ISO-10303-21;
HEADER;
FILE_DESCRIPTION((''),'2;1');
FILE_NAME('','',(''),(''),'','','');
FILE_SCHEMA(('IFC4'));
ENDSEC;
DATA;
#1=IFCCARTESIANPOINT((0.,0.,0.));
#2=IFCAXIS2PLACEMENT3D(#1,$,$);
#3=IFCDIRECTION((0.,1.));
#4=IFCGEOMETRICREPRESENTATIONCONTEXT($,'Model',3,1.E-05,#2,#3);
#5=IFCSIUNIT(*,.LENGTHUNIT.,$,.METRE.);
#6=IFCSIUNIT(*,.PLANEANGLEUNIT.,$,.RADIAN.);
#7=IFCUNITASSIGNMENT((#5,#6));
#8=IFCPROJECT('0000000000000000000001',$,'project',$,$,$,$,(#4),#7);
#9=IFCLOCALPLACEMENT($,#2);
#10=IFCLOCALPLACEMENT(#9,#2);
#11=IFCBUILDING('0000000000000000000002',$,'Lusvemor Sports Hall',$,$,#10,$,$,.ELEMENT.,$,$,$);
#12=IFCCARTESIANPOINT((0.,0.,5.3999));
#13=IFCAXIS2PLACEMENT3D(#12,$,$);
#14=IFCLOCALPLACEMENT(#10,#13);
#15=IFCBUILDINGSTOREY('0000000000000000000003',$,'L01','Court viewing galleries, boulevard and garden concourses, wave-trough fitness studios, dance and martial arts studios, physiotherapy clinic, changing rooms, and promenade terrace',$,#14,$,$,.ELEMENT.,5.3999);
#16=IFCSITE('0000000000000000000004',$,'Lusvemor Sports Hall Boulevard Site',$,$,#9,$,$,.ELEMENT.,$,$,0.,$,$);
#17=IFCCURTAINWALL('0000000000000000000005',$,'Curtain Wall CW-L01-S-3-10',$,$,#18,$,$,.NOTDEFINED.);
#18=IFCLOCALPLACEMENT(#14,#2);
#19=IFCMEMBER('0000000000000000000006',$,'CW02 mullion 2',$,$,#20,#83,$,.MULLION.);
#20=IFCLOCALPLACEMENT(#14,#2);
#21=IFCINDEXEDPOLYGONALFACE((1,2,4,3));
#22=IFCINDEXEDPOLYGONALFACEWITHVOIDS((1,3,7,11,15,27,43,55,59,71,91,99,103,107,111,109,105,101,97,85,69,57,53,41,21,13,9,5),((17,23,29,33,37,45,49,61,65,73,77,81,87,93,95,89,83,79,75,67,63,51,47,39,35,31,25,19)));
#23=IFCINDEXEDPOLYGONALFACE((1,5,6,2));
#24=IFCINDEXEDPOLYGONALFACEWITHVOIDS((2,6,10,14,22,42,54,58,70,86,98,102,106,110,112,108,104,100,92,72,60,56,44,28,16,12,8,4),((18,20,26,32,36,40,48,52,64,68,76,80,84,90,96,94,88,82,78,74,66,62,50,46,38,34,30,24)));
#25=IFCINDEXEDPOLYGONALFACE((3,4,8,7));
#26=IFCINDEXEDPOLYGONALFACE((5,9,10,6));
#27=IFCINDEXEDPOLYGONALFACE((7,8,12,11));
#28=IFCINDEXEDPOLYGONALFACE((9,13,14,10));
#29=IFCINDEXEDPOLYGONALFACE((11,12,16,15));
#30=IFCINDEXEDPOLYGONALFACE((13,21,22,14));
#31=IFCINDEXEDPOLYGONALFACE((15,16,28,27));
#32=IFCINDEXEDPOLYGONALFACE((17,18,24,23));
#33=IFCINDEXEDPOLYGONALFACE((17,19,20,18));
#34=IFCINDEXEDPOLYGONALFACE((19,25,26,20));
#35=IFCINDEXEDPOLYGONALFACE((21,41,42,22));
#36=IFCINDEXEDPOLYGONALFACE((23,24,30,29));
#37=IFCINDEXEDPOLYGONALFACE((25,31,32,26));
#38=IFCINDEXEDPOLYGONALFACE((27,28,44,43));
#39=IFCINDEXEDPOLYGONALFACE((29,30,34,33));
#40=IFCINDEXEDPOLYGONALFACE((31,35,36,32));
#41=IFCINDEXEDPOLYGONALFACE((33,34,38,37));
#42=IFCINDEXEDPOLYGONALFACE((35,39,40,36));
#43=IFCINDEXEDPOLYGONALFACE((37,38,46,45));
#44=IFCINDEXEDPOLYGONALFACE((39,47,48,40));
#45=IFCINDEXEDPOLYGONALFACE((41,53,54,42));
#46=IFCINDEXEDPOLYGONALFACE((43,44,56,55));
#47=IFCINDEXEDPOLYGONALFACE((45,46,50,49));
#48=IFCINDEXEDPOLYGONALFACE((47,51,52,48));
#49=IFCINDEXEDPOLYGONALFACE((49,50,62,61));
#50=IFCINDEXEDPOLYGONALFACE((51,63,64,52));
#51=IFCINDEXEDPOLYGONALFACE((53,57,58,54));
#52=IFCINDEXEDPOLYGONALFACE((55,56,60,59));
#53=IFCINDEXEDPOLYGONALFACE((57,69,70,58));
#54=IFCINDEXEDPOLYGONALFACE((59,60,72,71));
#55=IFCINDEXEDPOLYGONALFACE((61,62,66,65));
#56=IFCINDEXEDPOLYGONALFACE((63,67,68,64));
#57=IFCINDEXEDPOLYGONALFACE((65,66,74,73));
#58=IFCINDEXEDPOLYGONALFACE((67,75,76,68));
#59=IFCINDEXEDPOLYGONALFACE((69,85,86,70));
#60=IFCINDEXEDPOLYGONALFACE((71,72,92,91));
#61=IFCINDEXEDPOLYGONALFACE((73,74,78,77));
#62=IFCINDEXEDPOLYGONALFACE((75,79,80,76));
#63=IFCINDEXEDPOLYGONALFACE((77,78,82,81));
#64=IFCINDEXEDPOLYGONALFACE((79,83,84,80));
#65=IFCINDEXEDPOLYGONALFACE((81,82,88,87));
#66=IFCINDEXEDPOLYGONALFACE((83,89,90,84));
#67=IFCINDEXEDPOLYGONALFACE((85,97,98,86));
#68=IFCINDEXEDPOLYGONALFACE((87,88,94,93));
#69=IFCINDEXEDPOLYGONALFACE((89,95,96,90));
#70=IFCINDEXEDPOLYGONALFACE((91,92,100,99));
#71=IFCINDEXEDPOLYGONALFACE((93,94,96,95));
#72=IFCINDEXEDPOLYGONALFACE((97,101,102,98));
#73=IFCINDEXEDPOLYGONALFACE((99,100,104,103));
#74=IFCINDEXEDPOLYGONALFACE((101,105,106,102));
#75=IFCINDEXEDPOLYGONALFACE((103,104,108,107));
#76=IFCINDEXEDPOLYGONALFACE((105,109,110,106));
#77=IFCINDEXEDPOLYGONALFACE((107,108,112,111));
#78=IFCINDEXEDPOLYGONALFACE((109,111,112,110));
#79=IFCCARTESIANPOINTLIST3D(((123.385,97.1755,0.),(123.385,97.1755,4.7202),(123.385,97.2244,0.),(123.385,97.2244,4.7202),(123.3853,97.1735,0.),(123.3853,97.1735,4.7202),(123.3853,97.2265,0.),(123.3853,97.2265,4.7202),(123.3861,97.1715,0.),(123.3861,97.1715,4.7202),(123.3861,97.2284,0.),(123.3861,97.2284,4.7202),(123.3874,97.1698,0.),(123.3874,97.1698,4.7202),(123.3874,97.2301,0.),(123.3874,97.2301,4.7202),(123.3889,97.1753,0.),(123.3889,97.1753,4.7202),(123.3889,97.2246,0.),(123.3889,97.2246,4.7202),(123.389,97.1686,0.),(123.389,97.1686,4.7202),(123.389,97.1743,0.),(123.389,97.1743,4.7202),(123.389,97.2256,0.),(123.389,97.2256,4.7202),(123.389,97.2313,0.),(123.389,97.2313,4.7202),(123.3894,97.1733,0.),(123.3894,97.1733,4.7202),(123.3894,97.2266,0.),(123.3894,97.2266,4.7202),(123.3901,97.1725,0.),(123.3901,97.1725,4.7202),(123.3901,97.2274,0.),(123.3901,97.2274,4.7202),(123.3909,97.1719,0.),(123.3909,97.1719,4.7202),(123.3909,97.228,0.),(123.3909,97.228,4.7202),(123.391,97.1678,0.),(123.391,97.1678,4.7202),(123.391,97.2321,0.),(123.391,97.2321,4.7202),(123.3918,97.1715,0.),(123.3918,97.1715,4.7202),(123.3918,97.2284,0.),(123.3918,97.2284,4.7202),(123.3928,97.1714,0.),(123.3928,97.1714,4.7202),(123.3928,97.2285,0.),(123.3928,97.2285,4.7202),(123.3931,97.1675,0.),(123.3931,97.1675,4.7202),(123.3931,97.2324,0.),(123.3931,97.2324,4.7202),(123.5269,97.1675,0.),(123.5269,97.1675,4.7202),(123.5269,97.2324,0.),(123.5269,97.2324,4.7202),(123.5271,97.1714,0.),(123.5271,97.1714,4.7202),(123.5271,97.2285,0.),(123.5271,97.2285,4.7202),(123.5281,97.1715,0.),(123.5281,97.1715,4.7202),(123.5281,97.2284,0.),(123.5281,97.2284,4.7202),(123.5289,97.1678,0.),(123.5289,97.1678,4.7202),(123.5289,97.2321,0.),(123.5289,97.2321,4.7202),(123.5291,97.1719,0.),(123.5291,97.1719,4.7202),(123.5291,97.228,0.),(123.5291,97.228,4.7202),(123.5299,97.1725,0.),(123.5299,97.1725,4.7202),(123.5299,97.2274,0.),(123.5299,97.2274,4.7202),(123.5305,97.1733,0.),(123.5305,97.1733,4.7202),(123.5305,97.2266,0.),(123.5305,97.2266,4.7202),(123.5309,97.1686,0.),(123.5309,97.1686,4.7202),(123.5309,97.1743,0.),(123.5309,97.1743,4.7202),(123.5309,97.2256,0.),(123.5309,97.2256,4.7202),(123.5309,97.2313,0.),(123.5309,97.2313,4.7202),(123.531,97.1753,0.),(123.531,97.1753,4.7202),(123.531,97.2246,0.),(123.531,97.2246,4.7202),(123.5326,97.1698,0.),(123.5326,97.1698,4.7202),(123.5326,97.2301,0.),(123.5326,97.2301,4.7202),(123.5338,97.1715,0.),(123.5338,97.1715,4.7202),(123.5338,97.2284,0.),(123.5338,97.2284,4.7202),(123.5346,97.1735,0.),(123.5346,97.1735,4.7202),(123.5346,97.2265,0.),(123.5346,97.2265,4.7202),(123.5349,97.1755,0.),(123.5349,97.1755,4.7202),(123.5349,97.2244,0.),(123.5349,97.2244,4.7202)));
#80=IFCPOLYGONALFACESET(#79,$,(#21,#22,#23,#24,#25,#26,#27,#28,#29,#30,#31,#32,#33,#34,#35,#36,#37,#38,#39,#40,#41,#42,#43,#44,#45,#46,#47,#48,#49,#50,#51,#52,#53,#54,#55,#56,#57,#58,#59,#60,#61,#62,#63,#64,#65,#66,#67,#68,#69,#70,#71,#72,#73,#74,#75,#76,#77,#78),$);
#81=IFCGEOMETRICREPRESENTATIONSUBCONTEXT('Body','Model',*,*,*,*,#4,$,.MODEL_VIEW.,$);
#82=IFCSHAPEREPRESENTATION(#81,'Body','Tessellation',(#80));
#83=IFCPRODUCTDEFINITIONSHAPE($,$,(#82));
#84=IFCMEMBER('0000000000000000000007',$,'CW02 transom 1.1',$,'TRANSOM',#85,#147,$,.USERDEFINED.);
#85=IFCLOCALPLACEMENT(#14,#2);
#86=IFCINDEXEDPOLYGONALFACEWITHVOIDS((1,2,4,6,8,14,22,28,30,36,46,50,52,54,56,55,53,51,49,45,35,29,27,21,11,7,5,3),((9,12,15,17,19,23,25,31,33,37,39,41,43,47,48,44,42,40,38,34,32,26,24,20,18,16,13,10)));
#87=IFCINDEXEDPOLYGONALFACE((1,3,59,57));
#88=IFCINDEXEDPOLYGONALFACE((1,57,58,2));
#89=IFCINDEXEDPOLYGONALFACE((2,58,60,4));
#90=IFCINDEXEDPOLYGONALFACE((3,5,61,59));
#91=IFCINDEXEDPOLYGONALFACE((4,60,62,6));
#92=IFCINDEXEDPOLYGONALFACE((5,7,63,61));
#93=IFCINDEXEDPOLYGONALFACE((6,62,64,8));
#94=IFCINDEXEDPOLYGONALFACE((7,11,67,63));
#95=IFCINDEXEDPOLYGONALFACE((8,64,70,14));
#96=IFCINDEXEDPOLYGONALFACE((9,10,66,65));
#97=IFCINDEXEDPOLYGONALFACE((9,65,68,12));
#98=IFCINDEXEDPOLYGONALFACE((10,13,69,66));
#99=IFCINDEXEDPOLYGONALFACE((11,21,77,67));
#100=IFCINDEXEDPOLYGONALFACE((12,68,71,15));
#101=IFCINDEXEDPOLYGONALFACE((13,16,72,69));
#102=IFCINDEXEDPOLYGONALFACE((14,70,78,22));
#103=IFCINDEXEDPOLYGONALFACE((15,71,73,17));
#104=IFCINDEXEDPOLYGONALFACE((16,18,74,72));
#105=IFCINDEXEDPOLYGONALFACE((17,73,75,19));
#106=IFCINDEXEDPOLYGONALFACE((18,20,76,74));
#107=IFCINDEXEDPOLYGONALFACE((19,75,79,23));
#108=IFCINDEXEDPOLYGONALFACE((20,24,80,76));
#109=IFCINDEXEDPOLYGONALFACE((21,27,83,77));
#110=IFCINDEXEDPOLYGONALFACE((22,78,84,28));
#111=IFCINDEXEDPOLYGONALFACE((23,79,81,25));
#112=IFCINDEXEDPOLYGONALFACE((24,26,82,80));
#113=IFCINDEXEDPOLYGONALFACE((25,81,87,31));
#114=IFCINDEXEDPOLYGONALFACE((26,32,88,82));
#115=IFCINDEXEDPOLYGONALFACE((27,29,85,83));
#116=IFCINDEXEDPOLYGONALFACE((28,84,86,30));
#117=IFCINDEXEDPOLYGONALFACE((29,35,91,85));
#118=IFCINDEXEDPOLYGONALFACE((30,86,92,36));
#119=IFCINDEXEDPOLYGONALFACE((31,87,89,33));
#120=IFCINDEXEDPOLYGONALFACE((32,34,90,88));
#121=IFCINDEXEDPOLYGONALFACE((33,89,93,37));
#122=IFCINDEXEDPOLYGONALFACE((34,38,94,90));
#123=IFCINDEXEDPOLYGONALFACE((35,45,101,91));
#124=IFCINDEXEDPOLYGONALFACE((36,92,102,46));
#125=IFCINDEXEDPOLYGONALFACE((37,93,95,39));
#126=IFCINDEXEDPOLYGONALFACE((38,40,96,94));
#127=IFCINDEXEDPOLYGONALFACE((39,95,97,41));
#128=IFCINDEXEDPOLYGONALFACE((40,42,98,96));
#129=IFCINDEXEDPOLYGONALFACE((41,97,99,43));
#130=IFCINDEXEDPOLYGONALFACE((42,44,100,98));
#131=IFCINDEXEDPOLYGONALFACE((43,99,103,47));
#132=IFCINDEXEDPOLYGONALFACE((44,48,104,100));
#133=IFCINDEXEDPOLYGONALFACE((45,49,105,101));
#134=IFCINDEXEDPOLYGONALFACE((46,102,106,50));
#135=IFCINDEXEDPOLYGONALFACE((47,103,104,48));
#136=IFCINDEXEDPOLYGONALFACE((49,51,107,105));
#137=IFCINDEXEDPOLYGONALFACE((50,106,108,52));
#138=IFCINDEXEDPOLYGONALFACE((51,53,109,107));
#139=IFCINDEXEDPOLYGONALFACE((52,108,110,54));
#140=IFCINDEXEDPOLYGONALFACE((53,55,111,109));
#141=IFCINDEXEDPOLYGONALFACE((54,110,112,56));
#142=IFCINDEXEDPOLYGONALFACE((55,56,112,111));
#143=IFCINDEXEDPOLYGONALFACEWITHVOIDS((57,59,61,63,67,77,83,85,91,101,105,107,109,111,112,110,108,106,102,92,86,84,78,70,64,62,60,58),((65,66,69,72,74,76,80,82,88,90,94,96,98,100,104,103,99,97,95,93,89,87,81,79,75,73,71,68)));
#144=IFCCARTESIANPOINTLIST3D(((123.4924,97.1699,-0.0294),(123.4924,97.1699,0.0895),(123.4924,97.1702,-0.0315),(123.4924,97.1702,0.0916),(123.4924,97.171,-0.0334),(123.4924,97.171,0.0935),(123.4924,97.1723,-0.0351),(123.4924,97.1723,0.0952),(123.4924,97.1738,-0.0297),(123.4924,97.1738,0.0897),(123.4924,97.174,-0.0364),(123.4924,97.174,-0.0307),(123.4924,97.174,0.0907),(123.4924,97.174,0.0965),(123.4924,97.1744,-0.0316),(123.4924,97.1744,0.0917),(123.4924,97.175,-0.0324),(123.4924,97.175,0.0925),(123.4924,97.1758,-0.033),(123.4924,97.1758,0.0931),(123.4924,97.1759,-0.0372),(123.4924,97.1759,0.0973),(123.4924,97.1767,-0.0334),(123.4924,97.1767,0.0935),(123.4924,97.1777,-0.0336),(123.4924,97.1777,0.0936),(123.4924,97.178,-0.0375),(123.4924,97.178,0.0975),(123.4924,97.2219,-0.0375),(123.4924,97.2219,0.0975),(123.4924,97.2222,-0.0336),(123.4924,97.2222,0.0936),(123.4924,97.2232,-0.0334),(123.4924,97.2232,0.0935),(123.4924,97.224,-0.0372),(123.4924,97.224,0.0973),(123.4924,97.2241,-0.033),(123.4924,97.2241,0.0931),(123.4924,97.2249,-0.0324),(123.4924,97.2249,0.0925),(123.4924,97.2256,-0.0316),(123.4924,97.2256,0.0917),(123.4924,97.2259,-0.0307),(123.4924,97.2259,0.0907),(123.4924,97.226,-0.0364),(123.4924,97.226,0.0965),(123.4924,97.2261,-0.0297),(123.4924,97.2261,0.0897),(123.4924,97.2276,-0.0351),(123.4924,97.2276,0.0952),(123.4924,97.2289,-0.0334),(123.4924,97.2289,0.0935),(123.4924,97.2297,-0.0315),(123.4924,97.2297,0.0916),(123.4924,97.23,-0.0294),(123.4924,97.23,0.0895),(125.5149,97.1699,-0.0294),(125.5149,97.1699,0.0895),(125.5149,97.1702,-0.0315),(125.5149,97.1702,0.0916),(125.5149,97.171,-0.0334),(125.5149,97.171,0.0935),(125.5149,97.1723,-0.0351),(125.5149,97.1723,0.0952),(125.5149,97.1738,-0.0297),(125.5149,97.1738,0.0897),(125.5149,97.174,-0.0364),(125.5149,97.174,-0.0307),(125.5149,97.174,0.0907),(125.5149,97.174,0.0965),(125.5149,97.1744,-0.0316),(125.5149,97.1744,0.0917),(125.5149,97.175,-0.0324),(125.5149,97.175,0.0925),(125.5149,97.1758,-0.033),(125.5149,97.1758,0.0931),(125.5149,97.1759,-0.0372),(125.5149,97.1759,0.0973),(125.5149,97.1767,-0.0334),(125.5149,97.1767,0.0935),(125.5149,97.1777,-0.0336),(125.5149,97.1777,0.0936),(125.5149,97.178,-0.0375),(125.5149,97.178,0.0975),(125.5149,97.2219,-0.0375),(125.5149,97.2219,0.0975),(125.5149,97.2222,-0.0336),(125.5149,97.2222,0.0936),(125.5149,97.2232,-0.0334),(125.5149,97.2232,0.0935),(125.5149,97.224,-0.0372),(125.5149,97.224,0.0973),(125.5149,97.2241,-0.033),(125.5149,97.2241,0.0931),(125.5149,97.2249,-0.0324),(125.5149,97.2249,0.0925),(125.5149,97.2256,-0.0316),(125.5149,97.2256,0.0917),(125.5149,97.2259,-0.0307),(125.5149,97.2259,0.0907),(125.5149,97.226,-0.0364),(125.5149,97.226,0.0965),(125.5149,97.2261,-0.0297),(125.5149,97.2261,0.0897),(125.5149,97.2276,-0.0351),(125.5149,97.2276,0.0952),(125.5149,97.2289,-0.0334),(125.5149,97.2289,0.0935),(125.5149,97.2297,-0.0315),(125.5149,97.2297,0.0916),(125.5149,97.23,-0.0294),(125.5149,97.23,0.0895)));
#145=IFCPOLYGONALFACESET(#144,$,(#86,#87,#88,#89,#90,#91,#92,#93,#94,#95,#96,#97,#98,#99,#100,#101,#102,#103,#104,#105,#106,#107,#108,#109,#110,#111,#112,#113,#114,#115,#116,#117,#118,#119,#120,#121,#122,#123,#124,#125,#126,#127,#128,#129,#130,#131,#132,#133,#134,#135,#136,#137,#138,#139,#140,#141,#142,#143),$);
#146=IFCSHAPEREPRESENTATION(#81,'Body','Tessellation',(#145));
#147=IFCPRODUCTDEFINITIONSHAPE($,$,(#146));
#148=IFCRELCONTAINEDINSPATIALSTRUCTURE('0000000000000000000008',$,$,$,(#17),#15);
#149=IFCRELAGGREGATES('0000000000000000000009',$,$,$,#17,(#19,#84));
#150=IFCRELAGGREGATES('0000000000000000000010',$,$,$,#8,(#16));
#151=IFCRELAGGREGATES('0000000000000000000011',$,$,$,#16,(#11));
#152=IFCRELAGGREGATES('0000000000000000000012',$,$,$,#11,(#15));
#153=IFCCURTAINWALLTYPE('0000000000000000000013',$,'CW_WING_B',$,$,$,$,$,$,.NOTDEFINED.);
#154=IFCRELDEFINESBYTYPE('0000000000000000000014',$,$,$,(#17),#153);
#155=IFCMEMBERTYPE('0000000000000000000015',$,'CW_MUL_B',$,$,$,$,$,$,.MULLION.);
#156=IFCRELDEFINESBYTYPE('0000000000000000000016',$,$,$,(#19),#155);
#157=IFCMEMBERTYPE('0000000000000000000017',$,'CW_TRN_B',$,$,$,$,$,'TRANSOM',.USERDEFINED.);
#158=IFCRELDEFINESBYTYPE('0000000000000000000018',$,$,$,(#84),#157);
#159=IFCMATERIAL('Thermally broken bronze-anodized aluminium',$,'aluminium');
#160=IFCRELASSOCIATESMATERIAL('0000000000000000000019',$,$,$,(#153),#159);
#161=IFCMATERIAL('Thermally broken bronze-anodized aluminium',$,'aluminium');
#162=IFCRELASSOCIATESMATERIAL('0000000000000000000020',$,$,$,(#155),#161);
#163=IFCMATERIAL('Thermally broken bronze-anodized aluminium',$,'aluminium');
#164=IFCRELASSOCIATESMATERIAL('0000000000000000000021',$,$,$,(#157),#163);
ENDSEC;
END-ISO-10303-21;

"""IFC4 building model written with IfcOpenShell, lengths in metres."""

from ifc_helpers import new_model, si_unit, direction, frame, origin, origin_2d, place, context, subcontext, project, spatial, hollow_rectangle, extrude, material, material_profile, profile_set, type_object, element, aggregate, save


model = new_model("IFC4")

# Units and contexts
model_context = context("Model", 3, precision=1e-05, world=origin(), true_north=direction((0.0, 1.0)))
body_context = subcontext(model_context, "Body", "Model", "MODEL_VIEW")
ifc_project = project(units=[si_unit("LENGTHUNIT", "METRE"), si_unit("PLANEANGLEUNIT", "RADIAN")], contexts=[model_context])

# Site, building, storey
site_placement = place(None, origin())
site = spatial("IfcSite", under=ifc_project, at=site_placement, Name="Lusvemor Sports Hall Boulevard Site", CompositionType="ELEMENT", RefElevation=0.0)
building_placement = place(site_placement, origin())
building = spatial("IfcBuilding", under=site, at=building_placement, Name="Lusvemor Sports Hall", CompositionType="ELEMENT")
storey_placement = place(building_placement, frame((0.0, 0.0, 5.3999)))
storey = spatial("IfcBuildingStorey", under=building, at=storey_placement, Name="L01", Description="Court viewing galleries, boulevard and garden concourses, wave-trough fitness studios, dance and martial arts studios, physiotherapy clinic, changing rooms, and promenade terrace", CompositionType="ELEMENT", Elevation=5.3999)

# Curtain wall, members
ifc_material_1 = material(Name="Thermally broken bronze-anodized aluminium", Category="aluminium")
curtain_wall_type = type_object("IfcCurtainWallType", Name="CW_WING_B", PredefinedType="NOTDEFINED", material=ifc_material_1)
curtain_wall_placement = place(storey_placement, origin())
curtain_wall = element("IfcCurtainWall", 1, at=curtain_wall_placement, inside=storey, type_object=curtain_wall_type, Name="Curtain Wall CW-L01-S-3-10", PredefinedType="NOTDEFINED")
ifc_material_2 = material(Name="Thermally broken bronze-anodized aluminium", Category="aluminium")
ifc_material_profile_1 = material_profile(ifc_material_2, hollow_rectangle(XDim=0.0649, YDim=0.1499, WallThickness=0.0039, InnerFilletRadius=0.0039, OuterFilletRadius=0.0081, at=origin_2d()), Name="CWMUL150x65x4")
ifc_profile_set_1 = profile_set([ifc_material_profile_1], Name="Thermally broken bronze-anodized aluminium")
member_type_1 = type_object("IfcMemberType", Name="CW_MUL_B", PredefinedType="MULLION", material=ifc_profile_set_1)
member_1_placement = place(storey_placement, frame((123.46, 97.2, 0.0), z_axis=(0.0, 0.0, 1.0), x_axis=(0.0, -1.0, 0.0)))
member_1 = element("IfcMember", 2, at=member_1_placement, type_object=member_type_1, Name="CW02 mullion 2", PredefinedType="MULLION", context=body_context, shape_type="SweptSolid", body=[
    extrude(hollow_rectangle(XDim=0.0649, YDim=0.1499, WallThickness=0.0039, InnerFilletRadius=0.0039, OuterFilletRadius=0.0081, at=origin_2d()), origin(), (0.0, 0.0, 1.0), 4.7202),
])
ifc_material_3 = material(Name="Thermally broken bronze-anodized aluminium", Category="aluminium")
ifc_material_profile_2 = material_profile(ifc_material_3, hollow_rectangle(XDim=0.0601, YDim=0.135, WallThickness=0.0039, InnerFilletRadius=0.0039, OuterFilletRadius=0.0081, at=origin_2d()), Name="CWTRN135x60x4")
ifc_profile_set_2 = profile_set([ifc_material_profile_2], Name="Thermally broken bronze-anodized aluminium")
member_type_2 = type_object("IfcMemberType", Name="CW_TRN_B", ElementType="TRANSOM", PredefinedType="USERDEFINED", material=ifc_profile_set_2)
member_2_placement = place(storey_placement, frame((125.5149, 97.2, 0.03), z_axis=(-1.0, 0.0, 0.0), x_axis=(0.0, -1.0, 0.0)))
member_2 = element("IfcMember", 3, at=member_2_placement, type_object=member_type_2, Name="CW02 transom 1.1", ObjectType="TRANSOM", PredefinedType="USERDEFINED", context=body_context, shape_type="SweptSolid", body=[
    extrude(hollow_rectangle(XDim=0.0601, YDim=0.135, WallThickness=0.0039, InnerFilletRadius=0.0039, OuterFilletRadius=0.0081, at=origin_2d()), origin(), (0.0, 0.0, 1.0), 2.0225),
])

aggregate(curtain_wall, [member_1, member_2])

save(model, "model.ifc")
